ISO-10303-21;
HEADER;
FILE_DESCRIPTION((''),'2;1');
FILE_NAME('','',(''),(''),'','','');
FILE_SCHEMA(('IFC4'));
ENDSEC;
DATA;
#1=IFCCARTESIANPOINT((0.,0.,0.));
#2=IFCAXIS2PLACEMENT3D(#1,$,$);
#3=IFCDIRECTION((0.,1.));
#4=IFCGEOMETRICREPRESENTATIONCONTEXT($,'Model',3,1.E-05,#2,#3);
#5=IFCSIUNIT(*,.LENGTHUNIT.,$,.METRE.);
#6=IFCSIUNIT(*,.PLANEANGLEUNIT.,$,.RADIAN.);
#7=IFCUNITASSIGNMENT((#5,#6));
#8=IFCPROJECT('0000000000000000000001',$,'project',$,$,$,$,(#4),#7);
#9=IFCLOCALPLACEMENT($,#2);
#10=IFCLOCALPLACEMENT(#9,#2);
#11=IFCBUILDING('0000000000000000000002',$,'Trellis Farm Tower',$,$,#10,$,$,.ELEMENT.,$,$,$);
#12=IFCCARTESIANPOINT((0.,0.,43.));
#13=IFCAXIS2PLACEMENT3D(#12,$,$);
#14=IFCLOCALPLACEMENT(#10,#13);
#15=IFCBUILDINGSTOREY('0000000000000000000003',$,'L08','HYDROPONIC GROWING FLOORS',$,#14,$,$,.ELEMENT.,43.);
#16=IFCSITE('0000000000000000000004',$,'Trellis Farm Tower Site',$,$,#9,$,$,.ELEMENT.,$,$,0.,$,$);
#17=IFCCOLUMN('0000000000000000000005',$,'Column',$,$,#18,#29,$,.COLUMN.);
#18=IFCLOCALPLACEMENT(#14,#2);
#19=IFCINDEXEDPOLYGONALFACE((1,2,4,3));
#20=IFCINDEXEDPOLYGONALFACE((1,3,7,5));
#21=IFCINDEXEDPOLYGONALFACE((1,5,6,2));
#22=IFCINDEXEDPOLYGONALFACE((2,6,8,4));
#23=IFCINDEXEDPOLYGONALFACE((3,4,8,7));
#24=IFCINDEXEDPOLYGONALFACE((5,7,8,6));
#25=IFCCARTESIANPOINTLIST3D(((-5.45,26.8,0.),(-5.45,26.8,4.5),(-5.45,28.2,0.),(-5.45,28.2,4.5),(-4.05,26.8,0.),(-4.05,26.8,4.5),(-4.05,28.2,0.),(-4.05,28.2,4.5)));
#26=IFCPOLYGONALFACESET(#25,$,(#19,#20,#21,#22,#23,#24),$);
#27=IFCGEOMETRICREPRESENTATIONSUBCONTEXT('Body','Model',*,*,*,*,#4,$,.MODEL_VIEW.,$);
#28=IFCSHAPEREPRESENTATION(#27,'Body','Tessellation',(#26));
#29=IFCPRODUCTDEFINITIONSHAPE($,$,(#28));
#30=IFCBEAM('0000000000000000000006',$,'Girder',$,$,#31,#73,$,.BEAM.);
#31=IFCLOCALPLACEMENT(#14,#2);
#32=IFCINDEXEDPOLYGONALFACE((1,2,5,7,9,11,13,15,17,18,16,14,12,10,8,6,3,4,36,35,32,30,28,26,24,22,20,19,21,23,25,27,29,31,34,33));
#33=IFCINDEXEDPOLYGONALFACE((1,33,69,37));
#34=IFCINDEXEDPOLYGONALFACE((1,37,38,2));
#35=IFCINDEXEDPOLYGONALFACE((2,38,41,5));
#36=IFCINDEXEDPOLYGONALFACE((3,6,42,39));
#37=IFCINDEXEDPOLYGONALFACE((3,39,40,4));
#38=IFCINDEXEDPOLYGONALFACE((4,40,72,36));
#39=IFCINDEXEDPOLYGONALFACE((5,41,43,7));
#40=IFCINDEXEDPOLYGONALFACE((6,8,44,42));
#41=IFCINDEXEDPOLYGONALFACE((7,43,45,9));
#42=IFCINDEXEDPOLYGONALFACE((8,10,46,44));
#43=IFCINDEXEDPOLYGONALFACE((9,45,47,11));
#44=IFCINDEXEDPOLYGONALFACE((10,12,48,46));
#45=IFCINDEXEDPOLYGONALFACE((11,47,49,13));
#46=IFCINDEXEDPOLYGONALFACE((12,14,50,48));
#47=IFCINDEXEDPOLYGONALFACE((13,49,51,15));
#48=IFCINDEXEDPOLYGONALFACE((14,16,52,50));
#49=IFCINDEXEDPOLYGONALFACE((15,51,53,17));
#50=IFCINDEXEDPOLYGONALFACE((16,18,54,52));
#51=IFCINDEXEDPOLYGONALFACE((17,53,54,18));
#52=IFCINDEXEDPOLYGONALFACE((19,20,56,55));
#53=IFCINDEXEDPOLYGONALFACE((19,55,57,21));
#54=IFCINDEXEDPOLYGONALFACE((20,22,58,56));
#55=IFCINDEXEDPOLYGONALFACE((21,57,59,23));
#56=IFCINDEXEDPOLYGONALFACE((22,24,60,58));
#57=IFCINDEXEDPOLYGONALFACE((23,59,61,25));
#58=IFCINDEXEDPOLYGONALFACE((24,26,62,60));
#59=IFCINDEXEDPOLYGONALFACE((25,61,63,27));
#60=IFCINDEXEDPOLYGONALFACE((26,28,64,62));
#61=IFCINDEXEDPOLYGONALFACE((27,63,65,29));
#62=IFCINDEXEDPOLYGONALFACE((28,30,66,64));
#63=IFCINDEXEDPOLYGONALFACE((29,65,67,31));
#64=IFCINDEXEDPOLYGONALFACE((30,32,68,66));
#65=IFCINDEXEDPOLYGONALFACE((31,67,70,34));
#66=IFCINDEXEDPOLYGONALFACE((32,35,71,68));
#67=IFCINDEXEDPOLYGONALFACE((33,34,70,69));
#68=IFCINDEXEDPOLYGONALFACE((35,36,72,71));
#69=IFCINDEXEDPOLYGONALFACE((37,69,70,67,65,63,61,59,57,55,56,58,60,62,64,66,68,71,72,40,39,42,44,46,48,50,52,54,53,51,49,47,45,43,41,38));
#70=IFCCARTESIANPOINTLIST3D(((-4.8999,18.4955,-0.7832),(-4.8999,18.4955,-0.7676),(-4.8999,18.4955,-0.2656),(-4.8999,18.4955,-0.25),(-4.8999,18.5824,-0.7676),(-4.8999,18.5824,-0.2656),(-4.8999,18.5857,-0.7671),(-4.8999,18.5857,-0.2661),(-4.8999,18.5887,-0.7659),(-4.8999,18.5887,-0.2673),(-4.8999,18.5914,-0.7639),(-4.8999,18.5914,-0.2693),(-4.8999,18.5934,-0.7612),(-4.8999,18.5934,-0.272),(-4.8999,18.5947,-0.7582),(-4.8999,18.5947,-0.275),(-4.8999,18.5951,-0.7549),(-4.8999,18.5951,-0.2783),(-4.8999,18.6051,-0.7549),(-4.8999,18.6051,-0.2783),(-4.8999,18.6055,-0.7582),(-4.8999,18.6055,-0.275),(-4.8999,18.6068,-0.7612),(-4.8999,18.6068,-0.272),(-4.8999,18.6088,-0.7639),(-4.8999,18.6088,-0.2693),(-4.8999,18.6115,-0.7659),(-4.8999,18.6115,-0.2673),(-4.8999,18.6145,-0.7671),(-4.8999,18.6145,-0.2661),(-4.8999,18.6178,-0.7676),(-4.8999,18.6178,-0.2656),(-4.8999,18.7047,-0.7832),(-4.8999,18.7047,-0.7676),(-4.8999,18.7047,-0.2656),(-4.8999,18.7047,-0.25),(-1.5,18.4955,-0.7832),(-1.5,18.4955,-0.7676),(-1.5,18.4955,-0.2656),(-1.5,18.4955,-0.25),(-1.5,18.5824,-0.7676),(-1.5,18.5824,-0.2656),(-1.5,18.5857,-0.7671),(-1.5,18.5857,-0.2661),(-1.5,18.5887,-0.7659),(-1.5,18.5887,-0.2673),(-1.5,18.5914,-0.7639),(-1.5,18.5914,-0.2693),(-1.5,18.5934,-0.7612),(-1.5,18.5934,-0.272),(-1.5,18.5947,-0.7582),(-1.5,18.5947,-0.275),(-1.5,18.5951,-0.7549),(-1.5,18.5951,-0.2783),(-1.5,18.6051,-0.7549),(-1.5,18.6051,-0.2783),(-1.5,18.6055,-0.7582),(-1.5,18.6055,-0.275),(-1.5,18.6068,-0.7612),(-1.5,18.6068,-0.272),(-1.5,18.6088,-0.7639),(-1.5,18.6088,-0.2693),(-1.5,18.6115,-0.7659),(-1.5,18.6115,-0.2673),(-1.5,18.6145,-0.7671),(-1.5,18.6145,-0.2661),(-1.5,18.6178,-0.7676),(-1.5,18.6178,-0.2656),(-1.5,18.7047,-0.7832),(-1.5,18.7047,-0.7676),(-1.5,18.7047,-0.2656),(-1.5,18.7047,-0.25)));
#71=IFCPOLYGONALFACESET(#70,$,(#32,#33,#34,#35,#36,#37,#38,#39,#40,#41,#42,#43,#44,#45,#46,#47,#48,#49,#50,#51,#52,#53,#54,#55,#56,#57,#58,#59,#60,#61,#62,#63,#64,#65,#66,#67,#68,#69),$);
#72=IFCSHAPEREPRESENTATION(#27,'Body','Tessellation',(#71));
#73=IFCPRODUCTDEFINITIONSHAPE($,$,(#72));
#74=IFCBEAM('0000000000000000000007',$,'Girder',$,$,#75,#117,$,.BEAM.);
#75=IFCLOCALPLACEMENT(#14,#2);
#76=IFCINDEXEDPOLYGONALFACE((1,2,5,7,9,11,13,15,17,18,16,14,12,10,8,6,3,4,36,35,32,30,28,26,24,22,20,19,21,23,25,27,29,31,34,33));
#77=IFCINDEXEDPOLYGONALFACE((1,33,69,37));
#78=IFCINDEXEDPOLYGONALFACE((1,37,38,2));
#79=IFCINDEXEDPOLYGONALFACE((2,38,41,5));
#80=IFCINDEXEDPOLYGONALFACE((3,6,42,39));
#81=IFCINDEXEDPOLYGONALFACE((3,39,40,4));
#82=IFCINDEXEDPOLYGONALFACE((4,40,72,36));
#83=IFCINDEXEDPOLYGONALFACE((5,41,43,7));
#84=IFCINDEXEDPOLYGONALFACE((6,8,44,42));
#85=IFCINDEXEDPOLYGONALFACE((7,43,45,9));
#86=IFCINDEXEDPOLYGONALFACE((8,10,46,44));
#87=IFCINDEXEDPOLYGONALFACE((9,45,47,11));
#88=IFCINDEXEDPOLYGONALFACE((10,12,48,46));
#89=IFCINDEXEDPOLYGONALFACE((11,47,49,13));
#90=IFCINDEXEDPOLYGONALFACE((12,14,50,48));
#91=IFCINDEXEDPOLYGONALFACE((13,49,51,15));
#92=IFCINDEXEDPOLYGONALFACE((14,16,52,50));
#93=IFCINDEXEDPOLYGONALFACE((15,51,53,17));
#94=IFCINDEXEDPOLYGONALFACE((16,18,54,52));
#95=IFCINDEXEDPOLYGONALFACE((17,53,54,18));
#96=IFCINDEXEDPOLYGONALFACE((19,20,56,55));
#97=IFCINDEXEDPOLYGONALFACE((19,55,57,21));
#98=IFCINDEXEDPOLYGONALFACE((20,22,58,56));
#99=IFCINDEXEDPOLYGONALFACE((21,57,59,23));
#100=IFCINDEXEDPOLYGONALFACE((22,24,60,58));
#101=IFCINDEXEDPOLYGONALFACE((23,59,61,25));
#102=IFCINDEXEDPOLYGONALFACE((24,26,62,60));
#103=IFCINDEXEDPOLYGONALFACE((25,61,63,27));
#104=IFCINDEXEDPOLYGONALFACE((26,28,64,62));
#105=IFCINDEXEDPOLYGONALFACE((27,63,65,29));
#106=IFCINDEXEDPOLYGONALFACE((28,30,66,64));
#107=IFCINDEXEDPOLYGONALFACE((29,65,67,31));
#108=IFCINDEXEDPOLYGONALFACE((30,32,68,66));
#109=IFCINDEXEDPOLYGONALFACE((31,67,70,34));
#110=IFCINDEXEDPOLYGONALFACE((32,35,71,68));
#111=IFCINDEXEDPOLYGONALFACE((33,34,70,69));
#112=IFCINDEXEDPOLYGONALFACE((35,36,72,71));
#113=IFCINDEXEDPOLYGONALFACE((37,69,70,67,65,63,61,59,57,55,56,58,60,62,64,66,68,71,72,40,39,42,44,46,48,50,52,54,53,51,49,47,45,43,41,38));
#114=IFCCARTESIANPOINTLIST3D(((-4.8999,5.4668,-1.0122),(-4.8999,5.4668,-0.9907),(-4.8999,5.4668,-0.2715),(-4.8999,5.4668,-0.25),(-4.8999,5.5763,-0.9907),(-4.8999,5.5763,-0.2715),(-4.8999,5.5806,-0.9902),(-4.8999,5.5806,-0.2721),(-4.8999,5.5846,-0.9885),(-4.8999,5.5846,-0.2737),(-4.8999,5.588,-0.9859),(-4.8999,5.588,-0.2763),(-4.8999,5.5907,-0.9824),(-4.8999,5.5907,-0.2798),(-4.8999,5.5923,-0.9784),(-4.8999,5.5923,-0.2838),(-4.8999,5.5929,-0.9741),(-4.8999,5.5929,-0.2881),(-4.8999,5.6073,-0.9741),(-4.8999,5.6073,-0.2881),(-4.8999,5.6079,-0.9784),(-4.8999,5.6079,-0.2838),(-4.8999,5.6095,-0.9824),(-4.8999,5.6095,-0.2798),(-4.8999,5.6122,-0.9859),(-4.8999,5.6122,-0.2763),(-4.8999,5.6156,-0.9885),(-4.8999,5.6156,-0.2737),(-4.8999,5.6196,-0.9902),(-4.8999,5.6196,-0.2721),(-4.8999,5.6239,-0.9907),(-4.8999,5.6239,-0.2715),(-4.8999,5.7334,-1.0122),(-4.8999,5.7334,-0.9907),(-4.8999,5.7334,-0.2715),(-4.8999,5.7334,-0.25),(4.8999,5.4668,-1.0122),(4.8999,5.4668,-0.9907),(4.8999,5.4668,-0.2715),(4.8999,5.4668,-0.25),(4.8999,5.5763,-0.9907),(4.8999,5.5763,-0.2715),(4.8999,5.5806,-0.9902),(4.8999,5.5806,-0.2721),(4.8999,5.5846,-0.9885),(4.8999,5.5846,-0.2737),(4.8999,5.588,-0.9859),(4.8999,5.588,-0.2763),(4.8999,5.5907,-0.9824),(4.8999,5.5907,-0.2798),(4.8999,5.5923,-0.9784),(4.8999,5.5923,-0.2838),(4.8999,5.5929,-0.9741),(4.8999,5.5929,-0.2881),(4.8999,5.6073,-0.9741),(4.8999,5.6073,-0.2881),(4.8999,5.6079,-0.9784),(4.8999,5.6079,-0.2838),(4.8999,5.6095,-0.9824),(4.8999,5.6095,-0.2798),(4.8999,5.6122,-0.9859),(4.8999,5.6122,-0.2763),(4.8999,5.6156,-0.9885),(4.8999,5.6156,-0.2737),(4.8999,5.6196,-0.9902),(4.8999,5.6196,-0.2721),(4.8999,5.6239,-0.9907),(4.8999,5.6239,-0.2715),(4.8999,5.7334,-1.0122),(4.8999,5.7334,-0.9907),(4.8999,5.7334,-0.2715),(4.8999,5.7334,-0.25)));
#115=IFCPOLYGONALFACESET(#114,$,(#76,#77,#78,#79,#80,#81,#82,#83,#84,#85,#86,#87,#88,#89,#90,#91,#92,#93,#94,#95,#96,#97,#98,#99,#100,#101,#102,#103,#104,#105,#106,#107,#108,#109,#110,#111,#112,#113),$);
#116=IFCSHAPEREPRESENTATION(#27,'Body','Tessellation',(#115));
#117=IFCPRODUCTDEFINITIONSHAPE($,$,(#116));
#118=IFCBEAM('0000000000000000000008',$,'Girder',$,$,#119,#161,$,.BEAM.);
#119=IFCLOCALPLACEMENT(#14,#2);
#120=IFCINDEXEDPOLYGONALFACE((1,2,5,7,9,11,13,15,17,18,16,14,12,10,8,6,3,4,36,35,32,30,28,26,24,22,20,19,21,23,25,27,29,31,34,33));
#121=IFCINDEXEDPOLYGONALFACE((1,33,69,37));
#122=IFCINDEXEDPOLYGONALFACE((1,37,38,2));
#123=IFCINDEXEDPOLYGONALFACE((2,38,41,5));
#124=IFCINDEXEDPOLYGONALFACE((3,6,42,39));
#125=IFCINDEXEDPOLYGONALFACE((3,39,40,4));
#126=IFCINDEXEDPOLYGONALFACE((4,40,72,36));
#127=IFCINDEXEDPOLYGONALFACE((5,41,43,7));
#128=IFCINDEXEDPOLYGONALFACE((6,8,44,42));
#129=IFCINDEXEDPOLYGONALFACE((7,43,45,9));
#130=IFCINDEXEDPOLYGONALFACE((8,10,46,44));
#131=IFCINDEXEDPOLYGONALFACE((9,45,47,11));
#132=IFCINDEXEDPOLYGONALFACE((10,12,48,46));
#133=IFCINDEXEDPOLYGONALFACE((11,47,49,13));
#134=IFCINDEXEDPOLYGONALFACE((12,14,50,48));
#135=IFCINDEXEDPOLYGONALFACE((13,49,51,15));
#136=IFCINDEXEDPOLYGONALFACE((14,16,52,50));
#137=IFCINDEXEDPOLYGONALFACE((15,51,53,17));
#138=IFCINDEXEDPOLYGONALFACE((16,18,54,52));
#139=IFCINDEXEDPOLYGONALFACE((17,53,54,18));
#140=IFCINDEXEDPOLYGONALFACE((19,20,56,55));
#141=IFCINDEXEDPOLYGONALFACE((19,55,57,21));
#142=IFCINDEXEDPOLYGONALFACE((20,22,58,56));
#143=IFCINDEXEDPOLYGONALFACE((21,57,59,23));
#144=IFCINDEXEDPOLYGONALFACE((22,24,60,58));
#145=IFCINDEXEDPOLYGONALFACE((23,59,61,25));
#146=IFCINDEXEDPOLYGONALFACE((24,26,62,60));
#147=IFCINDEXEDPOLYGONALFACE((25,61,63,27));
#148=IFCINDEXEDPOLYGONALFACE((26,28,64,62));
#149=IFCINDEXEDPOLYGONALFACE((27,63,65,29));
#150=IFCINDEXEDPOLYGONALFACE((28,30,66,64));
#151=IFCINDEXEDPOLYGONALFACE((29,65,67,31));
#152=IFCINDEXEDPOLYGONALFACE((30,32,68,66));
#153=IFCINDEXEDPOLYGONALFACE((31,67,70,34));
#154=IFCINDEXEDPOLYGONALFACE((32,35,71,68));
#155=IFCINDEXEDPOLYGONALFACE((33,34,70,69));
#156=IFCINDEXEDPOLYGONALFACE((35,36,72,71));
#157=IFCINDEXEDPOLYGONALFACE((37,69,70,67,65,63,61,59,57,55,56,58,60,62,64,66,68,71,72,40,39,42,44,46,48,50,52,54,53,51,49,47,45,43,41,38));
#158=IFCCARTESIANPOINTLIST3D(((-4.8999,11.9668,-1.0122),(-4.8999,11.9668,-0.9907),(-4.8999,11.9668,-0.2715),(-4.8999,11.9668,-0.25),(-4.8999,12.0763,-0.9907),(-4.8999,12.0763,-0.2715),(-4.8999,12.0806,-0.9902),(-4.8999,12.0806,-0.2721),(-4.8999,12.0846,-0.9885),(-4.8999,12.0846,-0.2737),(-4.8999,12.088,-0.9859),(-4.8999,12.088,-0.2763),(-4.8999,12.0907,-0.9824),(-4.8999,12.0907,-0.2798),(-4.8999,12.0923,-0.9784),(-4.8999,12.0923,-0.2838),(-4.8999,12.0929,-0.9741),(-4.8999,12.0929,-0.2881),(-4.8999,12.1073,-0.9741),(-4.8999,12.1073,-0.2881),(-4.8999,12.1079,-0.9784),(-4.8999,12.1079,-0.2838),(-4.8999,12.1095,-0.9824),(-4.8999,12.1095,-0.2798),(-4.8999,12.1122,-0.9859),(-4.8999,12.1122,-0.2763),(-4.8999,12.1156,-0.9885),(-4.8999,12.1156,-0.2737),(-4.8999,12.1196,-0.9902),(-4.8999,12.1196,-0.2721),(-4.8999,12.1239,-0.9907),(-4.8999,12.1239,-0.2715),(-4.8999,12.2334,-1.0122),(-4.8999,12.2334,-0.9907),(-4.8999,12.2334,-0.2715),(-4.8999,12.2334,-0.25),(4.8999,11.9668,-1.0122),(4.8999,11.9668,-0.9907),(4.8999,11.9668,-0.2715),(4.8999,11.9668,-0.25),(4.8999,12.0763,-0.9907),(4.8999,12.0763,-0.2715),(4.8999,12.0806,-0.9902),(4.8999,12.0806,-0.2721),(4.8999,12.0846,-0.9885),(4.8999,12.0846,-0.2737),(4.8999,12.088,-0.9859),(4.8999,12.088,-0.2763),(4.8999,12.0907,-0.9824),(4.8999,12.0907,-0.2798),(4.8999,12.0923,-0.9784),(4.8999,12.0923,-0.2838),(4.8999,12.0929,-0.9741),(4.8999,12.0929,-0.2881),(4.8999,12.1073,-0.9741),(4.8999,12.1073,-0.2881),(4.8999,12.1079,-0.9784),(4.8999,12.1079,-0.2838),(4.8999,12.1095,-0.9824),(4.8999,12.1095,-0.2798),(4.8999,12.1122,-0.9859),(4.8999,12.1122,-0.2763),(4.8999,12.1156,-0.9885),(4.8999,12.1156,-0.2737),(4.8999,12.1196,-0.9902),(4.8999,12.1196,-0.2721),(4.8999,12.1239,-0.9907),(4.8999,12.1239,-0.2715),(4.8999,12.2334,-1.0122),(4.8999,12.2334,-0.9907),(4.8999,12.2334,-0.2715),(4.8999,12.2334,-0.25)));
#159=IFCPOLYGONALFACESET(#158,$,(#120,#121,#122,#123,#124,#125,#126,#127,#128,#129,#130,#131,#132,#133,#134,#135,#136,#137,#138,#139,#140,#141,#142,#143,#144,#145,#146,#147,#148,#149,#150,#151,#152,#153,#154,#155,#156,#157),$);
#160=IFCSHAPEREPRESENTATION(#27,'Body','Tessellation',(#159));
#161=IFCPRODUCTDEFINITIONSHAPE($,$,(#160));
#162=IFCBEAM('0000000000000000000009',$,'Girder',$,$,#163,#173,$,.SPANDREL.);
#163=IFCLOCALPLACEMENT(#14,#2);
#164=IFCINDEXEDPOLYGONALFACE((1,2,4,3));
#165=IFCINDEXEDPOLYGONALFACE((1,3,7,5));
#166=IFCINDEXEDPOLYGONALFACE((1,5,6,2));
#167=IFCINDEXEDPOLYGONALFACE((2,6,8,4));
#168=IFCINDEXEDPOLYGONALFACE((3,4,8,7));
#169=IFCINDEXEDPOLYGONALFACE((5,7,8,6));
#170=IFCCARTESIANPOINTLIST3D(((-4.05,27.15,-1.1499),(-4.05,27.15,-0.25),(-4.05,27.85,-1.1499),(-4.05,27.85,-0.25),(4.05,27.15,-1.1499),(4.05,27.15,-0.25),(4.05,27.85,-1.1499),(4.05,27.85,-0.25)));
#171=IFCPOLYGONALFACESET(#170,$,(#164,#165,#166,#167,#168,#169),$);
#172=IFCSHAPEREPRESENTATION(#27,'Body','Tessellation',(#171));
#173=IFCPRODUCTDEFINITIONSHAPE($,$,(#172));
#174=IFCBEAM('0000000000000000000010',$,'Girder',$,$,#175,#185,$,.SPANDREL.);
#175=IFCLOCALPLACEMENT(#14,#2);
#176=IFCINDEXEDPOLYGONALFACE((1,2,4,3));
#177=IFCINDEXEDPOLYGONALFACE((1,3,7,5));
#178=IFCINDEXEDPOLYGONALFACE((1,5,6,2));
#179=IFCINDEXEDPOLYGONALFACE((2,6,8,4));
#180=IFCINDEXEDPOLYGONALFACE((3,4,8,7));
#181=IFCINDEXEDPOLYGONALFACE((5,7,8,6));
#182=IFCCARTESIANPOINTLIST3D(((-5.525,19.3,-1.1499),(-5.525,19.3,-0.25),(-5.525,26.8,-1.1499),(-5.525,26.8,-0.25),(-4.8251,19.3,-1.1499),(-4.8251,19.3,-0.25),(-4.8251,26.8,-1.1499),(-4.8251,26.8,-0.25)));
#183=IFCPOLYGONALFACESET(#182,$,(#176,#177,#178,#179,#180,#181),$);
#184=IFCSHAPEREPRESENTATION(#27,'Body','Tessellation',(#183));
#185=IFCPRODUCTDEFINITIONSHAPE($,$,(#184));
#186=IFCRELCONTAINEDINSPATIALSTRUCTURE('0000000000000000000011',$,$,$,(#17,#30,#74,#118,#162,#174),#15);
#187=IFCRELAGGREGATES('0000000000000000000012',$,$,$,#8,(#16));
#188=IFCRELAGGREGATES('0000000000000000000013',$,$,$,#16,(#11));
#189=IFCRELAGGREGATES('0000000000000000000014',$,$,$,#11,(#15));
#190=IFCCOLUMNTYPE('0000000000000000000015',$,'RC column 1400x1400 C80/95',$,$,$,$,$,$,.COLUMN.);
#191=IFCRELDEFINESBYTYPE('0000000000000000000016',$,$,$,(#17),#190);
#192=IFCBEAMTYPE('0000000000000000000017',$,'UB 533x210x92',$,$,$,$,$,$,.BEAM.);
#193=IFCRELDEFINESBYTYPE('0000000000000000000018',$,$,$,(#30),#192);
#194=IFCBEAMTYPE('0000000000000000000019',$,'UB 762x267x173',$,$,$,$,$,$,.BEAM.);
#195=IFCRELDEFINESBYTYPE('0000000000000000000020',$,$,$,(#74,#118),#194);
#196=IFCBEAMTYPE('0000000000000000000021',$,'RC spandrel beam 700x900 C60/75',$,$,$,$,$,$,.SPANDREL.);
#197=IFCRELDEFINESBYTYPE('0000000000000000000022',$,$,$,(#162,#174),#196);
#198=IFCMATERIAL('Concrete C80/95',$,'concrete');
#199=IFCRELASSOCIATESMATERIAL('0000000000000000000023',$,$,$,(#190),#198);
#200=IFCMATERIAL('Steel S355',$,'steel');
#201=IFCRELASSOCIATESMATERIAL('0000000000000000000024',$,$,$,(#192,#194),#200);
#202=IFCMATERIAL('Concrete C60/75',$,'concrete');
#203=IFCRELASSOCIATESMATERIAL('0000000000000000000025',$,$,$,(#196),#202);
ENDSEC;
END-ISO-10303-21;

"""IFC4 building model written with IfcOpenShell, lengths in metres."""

from ifc_helpers import new_model, si_unit, direction, frame, origin, origin_2d, place, context, subcontext, project, spatial, rectangle, i_section, extrude, source, transform, mapped, material, material_profile, profile_set, type_object, element, save


model = new_model("IFC4")

# Units and contexts
model_context = context("Model", 3, precision=1e-05, world=origin(), true_north=direction((0.0, 1.0)))
body_context = subcontext(model_context, "Body", "Model", "MODEL_VIEW")
ifc_project = project(units=[si_unit("LENGTHUNIT", "METRE"), si_unit("PLANEANGLEUNIT", "RADIAN")], contexts=[model_context])

# Site, building, storey
site_placement = place(None, origin())
site = spatial("IfcSite", under=ifc_project, at=site_placement, Name="Trellis Farm Tower Site", CompositionType="ELEMENT", RefElevation=0.0)
building_placement = place(site_placement, origin())
building = spatial("IfcBuilding", under=site, at=building_placement, Name="Trellis Farm Tower", CompositionType="ELEMENT")
storey_placement = place(building_placement, frame((0.0, 0.0, 43.0)))
storey = spatial("IfcBuildingStorey", under=building, at=storey_placement, Name="L08", Description="HYDROPONIC GROWING FLOORS", CompositionType="ELEMENT", Elevation=43.0)

# Column
ifc_material_1 = material(Name="Concrete C80/95", Category="concrete")
ifc_material_profile_1 = material_profile(ifc_material_1, rectangle(XDim=1.3999, YDim=1.3999, at=origin_2d()), Name="RC column 1400x1400 C80/95")
ifc_profile_set_1 = profile_set([ifc_material_profile_1], Name="Concrete C80/95")
column_type = type_object("IfcColumnType", Name="RC column 1400x1400 C80/95", PredefinedType="COLUMN", material=ifc_profile_set_1)
shared_shape_1 = source(origin(), body_context, "Body", "SweptSolid", [
    extrude(rectangle(XDim=1.3999, YDim=1.3999, at=origin_2d()), origin(), (0.0, 0.0, 1.0), 4.5),
])
column_placement = place(storey_placement, frame((-4.75, 27.5, 0.0), z_axis=(0.0, 0.0, 1.0), x_axis=(1.0, 0.0, 0.0)))
element("IfcColumn", 1, at=column_placement, inside=storey, type_object=column_type, Name="Column", PredefinedType="COLUMN", context=body_context, shape_type="MappedRepresentation", body=[
    mapped(shared_shape_1, transform((0.0, 0.0, 0.0))),
])

# Beams
ifc_material_2 = material(Name="Steel S355", Category="steel")
ifc_material_profile_2 = material_profile(ifc_material_2, i_section(OverallWidth=0.2092, OverallDepth=0.5332, WebThickness=0.01, FlangeThickness=0.0156, FilletRadius=0.0127, at=origin_2d()), Name="UB 533x210x92")
ifc_profile_set_2 = profile_set([ifc_material_profile_2], Name="Steel S355")
beam_type_1 = type_object("IfcBeamType", Name="UB 533x210x92", PredefinedType="BEAM", material=ifc_profile_set_2)
shared_shape_2 = source(origin(), body_context, "Body", "SweptSolid", [
    extrude(i_section(OverallWidth=0.2092, OverallDepth=0.5332, WebThickness=0.01, FlangeThickness=0.0156, FilletRadius=0.0127, at=origin_2d()), origin(), (0.0, 0.0, 1.0), 3.3999),
])
beam_1_placement = place(storey_placement, frame((-4.8999, 18.6001, -0.5166), z_axis=(1.0, 0.0, 0.0), x_axis=(0.0, 1.0, 0.0)))
element("IfcBeam", 2, at=beam_1_placement, inside=storey, type_object=beam_type_1, Name="Girder", PredefinedType="BEAM", context=body_context, shape_type="MappedRepresentation", body=[
    mapped(shared_shape_2, transform((0.0, 0.0, 0.0))),
])
ifc_material_profile_3 = material_profile(ifc_material_2, i_section(OverallWidth=0.2666, OverallDepth=0.7622, WebThickness=0.0144, FlangeThickness=0.0215, FilletRadius=0.0166, at=origin_2d()), Name="UB 762x267x173")
ifc_profile_set_3 = profile_set([ifc_material_profile_3], Name="Steel S355")
beam_type_2 = type_object("IfcBeamType", Name="UB 762x267x173", PredefinedType="BEAM", material=ifc_profile_set_3)
shared_shape_3 = source(origin(), body_context, "Body", "SweptSolid", [
    extrude(i_section(OverallWidth=0.2666, OverallDepth=0.7622, WebThickness=0.0144, FlangeThickness=0.0215, FilletRadius=0.0166, at=origin_2d()), origin(), (0.0, 0.0, 1.0), 9.7998),
])
for number, where, z_axis, x_axis, name in (
    (3, (-4.8999, 5.6001, -0.6311), (1.0, 0.0, 0.0), (0.0, 1.0, 0.0), "Girder"),
    (4, (-4.8999, 12.1001, -0.6311), (1.0, 0.0, 0.0), (0.0, 1.0, 0.0), "Girder"),
):
    element("IfcBeam", number, at=place(storey_placement, frame(where, z_axis=z_axis, x_axis=x_axis)), inside=storey, type_object=beam_type_2, Name=name, PredefinedType="BEAM", context=body_context, shape_type="MappedRepresentation", body=[
        mapped(shared_shape_3, transform((0.0, 0.0, 0.0))),
    ])
ifc_material_3 = material(Name="Concrete C60/75", Category="concrete")
ifc_material_profile_4 = material_profile(ifc_material_3, rectangle(XDim=0.7, YDim=0.8999, at=origin_2d()), Name="RC spandrel beam 700x900 C60/75")
ifc_profile_set_4 = profile_set([ifc_material_profile_4], Name="Concrete C60/75")
beam_type_3 = type_object("IfcBeamType", Name="RC spandrel beam 700x900 C60/75", PredefinedType="SPANDREL", material=ifc_profile_set_4)
shared_shape_4 = source(origin(), body_context, "Body", "SweptSolid", [
    extrude(rectangle(XDim=0.7, YDim=0.8999, at=origin_2d()), origin(), (0.0, 0.0, 1.0), 8.1001),
])
beam_2_placement = place(storey_placement, frame((-4.05, 27.5, -0.7), z_axis=(1.0, 0.0, 0.0), x_axis=(0.0, 1.0, 0.0)))
element("IfcBeam", 5, at=beam_2_placement, inside=storey, type_object=beam_type_3, Name="Girder", PredefinedType="SPANDREL", context=body_context, shape_type="MappedRepresentation", body=[
    mapped(shared_shape_4, transform((0.0, 0.0, 0.0))),
])
shared_shape_5 = source(origin(), body_context, "Body", "SweptSolid", [
    extrude(rectangle(XDim=0.7, YDim=0.8999, at=origin_2d()), origin(), (0.0, 0.0, 1.0), 7.5),
])
beam_3_placement = place(storey_placement, frame((-5.175, 19.3, -0.7), z_axis=(0.0, 1.0, 0.0), x_axis=(-1.0, 0.0, 0.0)))
element("IfcBeam", 6, at=beam_3_placement, inside=storey, type_object=beam_type_3, Name="Girder", PredefinedType="SPANDREL", context=body_context, shape_type="MappedRepresentation", body=[
    mapped(shared_shape_5, transform((0.0, 0.0, 0.0))),
])

save(model, "model.ifc")
